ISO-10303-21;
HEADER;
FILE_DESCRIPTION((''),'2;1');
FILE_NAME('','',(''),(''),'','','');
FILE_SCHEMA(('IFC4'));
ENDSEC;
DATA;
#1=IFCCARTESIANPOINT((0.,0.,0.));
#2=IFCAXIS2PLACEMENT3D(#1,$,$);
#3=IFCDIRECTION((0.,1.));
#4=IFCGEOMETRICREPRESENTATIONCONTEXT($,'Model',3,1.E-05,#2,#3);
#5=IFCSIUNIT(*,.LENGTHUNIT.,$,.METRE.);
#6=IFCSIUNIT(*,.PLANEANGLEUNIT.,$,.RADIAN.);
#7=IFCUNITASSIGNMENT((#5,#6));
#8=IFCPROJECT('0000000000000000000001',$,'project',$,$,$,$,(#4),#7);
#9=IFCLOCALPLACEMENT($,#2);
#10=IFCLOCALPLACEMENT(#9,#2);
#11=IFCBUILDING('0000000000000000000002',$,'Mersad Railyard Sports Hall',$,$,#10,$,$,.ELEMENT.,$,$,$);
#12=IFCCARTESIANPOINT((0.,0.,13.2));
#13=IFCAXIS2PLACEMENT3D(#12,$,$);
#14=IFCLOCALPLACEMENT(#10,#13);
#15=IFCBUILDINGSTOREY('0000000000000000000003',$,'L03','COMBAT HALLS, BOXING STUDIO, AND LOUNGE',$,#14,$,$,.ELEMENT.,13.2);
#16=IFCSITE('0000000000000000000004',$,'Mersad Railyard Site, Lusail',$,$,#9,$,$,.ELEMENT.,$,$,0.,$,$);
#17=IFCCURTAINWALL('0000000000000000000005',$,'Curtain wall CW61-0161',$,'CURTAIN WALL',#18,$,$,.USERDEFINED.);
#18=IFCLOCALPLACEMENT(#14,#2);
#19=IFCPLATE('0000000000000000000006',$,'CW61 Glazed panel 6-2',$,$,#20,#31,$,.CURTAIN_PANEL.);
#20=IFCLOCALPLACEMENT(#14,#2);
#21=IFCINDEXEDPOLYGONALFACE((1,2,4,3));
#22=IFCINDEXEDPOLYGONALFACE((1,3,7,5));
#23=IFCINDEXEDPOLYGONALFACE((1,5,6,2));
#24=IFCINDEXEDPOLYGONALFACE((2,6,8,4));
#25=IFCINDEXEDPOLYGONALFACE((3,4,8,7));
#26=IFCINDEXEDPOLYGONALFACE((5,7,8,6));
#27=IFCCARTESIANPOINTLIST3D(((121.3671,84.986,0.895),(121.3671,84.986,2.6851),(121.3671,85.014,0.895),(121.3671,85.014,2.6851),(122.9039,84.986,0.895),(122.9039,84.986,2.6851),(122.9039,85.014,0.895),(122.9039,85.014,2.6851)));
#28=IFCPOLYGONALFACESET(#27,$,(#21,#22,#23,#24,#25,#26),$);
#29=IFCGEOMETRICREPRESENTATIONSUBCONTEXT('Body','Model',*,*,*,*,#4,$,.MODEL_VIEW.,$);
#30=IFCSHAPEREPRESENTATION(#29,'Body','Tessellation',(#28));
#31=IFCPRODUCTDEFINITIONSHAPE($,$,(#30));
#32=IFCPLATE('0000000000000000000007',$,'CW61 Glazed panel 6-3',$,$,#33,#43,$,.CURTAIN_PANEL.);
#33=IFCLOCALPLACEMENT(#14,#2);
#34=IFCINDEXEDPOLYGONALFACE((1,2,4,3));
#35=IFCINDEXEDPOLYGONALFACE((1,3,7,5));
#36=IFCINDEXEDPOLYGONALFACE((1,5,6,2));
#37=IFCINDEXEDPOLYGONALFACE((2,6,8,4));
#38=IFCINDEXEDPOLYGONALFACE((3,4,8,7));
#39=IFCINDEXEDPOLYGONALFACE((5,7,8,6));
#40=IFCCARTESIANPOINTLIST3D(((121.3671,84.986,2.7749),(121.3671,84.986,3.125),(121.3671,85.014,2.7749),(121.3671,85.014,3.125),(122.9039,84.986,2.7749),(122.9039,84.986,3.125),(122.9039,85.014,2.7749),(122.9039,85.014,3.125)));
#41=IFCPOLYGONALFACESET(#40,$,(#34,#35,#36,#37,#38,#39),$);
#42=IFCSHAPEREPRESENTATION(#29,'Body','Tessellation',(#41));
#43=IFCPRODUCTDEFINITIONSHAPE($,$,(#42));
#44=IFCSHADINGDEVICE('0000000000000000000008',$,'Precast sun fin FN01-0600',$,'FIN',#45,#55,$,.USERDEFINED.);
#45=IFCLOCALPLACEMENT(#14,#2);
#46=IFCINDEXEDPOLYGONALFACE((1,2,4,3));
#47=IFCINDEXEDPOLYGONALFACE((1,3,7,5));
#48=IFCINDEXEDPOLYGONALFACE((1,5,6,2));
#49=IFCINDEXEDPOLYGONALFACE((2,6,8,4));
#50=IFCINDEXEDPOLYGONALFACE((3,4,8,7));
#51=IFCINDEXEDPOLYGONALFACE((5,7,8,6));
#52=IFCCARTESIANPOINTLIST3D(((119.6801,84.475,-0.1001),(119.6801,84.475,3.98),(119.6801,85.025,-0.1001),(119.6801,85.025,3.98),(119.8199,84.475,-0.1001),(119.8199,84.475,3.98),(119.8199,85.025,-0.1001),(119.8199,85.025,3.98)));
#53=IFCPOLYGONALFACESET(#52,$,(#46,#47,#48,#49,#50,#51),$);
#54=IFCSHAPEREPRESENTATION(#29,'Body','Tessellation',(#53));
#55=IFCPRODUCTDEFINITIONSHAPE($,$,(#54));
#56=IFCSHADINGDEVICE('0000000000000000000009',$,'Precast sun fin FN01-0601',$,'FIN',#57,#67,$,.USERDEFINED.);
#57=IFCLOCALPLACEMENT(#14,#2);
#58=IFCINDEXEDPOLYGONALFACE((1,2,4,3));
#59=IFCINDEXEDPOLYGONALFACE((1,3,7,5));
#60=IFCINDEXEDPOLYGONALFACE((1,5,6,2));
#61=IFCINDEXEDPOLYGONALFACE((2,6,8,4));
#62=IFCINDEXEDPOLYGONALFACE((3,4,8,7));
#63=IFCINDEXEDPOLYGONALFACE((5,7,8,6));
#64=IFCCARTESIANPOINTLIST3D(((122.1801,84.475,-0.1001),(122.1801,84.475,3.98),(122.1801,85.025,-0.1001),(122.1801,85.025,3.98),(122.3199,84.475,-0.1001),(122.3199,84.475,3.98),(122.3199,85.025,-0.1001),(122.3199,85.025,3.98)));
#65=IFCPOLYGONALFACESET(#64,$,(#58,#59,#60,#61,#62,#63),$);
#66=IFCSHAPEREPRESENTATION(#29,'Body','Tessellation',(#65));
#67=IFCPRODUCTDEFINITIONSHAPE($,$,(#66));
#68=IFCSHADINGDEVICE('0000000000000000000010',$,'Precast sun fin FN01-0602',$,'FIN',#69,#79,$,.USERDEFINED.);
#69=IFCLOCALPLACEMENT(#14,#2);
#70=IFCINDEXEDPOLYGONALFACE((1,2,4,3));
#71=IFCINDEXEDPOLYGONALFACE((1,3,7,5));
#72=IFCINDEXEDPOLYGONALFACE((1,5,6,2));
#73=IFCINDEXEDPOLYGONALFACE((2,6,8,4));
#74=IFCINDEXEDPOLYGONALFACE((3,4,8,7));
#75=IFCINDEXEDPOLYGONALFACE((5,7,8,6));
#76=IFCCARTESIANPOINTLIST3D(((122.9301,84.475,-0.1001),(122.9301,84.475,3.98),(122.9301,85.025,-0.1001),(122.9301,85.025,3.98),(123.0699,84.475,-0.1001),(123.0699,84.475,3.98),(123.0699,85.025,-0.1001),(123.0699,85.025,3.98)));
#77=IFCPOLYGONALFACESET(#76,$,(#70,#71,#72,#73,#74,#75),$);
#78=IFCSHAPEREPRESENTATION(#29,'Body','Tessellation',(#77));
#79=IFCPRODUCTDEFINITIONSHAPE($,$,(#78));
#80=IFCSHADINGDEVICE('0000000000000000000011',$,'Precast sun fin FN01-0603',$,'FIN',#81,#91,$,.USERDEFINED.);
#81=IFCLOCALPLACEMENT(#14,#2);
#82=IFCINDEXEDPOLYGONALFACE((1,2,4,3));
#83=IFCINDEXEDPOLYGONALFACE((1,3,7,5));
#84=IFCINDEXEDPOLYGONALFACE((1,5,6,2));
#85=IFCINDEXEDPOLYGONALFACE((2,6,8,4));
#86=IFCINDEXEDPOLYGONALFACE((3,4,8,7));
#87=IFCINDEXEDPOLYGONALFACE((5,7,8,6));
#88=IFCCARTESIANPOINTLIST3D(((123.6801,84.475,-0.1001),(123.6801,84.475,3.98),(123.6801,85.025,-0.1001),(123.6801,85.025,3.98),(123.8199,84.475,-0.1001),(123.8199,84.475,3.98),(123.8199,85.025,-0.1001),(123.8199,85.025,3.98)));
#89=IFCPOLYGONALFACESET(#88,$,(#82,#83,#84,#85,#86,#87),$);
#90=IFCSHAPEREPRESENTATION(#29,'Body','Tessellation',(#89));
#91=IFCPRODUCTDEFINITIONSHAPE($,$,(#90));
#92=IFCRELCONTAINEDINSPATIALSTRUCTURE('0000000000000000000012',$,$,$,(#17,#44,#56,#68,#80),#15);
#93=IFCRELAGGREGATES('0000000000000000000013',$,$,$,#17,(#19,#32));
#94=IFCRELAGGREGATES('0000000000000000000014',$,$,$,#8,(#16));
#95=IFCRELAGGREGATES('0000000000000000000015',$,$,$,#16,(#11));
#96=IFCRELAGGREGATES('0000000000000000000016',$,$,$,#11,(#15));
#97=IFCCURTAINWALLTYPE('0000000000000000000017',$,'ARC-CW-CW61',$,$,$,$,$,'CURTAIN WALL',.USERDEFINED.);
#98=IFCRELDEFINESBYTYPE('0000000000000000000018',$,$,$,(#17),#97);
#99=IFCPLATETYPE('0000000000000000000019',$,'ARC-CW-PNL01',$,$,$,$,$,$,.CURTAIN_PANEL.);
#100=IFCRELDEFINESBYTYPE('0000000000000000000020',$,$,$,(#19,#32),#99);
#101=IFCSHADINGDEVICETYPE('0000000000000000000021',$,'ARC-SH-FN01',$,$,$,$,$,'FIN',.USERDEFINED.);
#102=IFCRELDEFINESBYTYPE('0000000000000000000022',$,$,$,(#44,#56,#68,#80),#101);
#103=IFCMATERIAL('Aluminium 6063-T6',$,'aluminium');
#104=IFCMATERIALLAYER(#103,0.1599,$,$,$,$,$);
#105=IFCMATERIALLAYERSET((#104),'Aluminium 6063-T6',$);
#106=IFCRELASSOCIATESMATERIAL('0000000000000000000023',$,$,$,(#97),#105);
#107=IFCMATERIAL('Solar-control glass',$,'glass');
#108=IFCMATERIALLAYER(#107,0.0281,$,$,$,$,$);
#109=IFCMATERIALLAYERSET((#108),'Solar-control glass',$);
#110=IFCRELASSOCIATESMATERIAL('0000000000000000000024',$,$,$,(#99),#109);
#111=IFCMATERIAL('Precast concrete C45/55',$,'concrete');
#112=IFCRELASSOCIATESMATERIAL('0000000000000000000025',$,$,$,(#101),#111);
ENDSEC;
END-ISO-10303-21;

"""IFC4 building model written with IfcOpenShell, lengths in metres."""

from ifc_helpers import new_model, si_unit, direction, frame, origin, origin_2d, place, context, subcontext, project, spatial, rectangle, extrude, material, layer, layer_set, type_object, element, aggregate, save


model = new_model("IFC4")

# Units and contexts
model_context = context("Model", 3, precision=1e-05, world=origin(), true_north=direction((0.0, 1.0)))
body_context = subcontext(model_context, "Body", "Model", "MODEL_VIEW")
ifc_project = project(units=[si_unit("LENGTHUNIT", "METRE"), si_unit("PLANEANGLEUNIT", "RADIAN")], contexts=[model_context])

# Site, building, storey
site_placement = place(None, origin())
site = spatial("IfcSite", under=ifc_project, at=site_placement, Name="Mersad Railyard Site, Lusail", CompositionType="ELEMENT", RefElevation=0.0)
building_placement = place(site_placement, origin())
building = spatial("IfcBuilding", under=site, at=building_placement, Name="Mersad Railyard Sports Hall", CompositionType="ELEMENT")
storey_placement = place(building_placement, frame((0.0, 0.0, 13.2)))
storey = spatial("IfcBuildingStorey", under=building, at=storey_placement, Name="L03", Description="COMBAT HALLS, BOXING STUDIO, AND LOUNGE", CompositionType="ELEMENT", Elevation=13.2)

# Shared definitions
ifc_material_1 = material(Name="Aluminium 6063-T6", Category="aluminium")

# Curtain wall
ifc_layer_1 = layer(ifc_material_1, 0.1599)
ifc_layer_set_1 = layer_set([ifc_layer_1], Name="Aluminium 6063-T6")
curtain_wall_type_1 = type_object("IfcCurtainWallType", Name="ARC-CW-CW61", ElementType="CURTAIN WALL", PredefinedType="USERDEFINED", material=ifc_layer_set_1)
curtain_wall_1_placement = place(storey_placement, origin())
curtain_wall_1 = element("IfcCurtainWall", 1, at=curtain_wall_1_placement, inside=storey, type_object=curtain_wall_type_1, Name="Curtain wall CW61-0161", ObjectType="CURTAIN WALL", PredefinedType="USERDEFINED")

# Plates
ifc_material_2 = material(Name="Solar-control glass", Category="glass")
ifc_layer_2 = layer(ifc_material_2, 0.0281)
ifc_layer_set_2 = layer_set([ifc_layer_2], Name="Solar-control glass")
plate_type = type_object("IfcPlateType", Name="ARC-CW-PNL01", PredefinedType="CURTAIN_PANEL", material=ifc_layer_set_2)
plate_1_placement = place(storey_placement, frame((122.1355, 85.0, 0.895), z_axis=(0.0, 0.0, 1.0), x_axis=(-1.0, 0.0, 0.0)))
plate_1 = element("IfcPlate", 2, at=plate_1_placement, type_object=plate_type, Name="CW61 Glazed panel 6-2", PredefinedType="CURTAIN_PANEL", context=body_context, shape_type="SweptSolid", body=[
    extrude(rectangle(XDim=1.5369, YDim=0.0281, at=origin_2d()), origin(), (0.0, 0.0, 1.0), 1.79),
])
plate_2_placement = place(storey_placement, frame((122.1355, 85.0, 2.7749), z_axis=(0.0, 0.0, 1.0), x_axis=(-1.0, 0.0, 0.0)))
plate_2 = element("IfcPlate", 3, at=plate_2_placement, type_object=plate_type, Name="CW61 Glazed panel 6-3", PredefinedType="CURTAIN_PANEL", context=body_context, shape_type="SweptSolid", body=[
    extrude(rectangle(XDim=1.5369, YDim=0.0281, at=origin_2d()), origin(), (0.0, 0.0, 1.0), 0.3501),
])
aggregate(curtain_wall_1, [plate_1, plate_2])

# Shading devices
ifc_material_3 = material(Name="Precast concrete C45/55", Category="concrete")
shading_device_type = type_object("IfcShadingDeviceType", Name="ARC-SH-FN01", ElementType="FIN", PredefinedType="USERDEFINED", material=ifc_material_3)
for number, where, z_axis, x_axis, name in (
    (4, (119.75, 84.75, -0.1001), (0.0, 0.0, 1.0), (1.0, 0.0, 0.0), "Precast sun fin FN01-0600"),
    (5, (122.25, 84.75, -0.1001), (0.0, 0.0, 1.0), (1.0, 0.0, 0.0), "Precast sun fin FN01-0601"),
    (6, (123.0, 84.75, -0.1001), (0.0, 0.0, 1.0), (1.0, 0.0, 0.0), "Precast sun fin FN01-0602"),
    (7, (123.75, 84.75, -0.1001), (0.0, 0.0, 1.0), (1.0, 0.0, 0.0), "Precast sun fin FN01-0603"),
):
    element("IfcShadingDevice", number, at=place(storey_placement, frame(where, z_axis=z_axis, x_axis=x_axis)), inside=storey, type_object=shading_device_type, Name=name, ObjectType="FIN", PredefinedType="USERDEFINED", context=body_context, shape_type="SweptSolid", body=[
        extrude(rectangle(XDim=0.1399, YDim=0.55, at=origin_2d()), origin(), (0.0, 0.0, 1.0), 4.0801),
    ])

save(model, "model.ifc")
